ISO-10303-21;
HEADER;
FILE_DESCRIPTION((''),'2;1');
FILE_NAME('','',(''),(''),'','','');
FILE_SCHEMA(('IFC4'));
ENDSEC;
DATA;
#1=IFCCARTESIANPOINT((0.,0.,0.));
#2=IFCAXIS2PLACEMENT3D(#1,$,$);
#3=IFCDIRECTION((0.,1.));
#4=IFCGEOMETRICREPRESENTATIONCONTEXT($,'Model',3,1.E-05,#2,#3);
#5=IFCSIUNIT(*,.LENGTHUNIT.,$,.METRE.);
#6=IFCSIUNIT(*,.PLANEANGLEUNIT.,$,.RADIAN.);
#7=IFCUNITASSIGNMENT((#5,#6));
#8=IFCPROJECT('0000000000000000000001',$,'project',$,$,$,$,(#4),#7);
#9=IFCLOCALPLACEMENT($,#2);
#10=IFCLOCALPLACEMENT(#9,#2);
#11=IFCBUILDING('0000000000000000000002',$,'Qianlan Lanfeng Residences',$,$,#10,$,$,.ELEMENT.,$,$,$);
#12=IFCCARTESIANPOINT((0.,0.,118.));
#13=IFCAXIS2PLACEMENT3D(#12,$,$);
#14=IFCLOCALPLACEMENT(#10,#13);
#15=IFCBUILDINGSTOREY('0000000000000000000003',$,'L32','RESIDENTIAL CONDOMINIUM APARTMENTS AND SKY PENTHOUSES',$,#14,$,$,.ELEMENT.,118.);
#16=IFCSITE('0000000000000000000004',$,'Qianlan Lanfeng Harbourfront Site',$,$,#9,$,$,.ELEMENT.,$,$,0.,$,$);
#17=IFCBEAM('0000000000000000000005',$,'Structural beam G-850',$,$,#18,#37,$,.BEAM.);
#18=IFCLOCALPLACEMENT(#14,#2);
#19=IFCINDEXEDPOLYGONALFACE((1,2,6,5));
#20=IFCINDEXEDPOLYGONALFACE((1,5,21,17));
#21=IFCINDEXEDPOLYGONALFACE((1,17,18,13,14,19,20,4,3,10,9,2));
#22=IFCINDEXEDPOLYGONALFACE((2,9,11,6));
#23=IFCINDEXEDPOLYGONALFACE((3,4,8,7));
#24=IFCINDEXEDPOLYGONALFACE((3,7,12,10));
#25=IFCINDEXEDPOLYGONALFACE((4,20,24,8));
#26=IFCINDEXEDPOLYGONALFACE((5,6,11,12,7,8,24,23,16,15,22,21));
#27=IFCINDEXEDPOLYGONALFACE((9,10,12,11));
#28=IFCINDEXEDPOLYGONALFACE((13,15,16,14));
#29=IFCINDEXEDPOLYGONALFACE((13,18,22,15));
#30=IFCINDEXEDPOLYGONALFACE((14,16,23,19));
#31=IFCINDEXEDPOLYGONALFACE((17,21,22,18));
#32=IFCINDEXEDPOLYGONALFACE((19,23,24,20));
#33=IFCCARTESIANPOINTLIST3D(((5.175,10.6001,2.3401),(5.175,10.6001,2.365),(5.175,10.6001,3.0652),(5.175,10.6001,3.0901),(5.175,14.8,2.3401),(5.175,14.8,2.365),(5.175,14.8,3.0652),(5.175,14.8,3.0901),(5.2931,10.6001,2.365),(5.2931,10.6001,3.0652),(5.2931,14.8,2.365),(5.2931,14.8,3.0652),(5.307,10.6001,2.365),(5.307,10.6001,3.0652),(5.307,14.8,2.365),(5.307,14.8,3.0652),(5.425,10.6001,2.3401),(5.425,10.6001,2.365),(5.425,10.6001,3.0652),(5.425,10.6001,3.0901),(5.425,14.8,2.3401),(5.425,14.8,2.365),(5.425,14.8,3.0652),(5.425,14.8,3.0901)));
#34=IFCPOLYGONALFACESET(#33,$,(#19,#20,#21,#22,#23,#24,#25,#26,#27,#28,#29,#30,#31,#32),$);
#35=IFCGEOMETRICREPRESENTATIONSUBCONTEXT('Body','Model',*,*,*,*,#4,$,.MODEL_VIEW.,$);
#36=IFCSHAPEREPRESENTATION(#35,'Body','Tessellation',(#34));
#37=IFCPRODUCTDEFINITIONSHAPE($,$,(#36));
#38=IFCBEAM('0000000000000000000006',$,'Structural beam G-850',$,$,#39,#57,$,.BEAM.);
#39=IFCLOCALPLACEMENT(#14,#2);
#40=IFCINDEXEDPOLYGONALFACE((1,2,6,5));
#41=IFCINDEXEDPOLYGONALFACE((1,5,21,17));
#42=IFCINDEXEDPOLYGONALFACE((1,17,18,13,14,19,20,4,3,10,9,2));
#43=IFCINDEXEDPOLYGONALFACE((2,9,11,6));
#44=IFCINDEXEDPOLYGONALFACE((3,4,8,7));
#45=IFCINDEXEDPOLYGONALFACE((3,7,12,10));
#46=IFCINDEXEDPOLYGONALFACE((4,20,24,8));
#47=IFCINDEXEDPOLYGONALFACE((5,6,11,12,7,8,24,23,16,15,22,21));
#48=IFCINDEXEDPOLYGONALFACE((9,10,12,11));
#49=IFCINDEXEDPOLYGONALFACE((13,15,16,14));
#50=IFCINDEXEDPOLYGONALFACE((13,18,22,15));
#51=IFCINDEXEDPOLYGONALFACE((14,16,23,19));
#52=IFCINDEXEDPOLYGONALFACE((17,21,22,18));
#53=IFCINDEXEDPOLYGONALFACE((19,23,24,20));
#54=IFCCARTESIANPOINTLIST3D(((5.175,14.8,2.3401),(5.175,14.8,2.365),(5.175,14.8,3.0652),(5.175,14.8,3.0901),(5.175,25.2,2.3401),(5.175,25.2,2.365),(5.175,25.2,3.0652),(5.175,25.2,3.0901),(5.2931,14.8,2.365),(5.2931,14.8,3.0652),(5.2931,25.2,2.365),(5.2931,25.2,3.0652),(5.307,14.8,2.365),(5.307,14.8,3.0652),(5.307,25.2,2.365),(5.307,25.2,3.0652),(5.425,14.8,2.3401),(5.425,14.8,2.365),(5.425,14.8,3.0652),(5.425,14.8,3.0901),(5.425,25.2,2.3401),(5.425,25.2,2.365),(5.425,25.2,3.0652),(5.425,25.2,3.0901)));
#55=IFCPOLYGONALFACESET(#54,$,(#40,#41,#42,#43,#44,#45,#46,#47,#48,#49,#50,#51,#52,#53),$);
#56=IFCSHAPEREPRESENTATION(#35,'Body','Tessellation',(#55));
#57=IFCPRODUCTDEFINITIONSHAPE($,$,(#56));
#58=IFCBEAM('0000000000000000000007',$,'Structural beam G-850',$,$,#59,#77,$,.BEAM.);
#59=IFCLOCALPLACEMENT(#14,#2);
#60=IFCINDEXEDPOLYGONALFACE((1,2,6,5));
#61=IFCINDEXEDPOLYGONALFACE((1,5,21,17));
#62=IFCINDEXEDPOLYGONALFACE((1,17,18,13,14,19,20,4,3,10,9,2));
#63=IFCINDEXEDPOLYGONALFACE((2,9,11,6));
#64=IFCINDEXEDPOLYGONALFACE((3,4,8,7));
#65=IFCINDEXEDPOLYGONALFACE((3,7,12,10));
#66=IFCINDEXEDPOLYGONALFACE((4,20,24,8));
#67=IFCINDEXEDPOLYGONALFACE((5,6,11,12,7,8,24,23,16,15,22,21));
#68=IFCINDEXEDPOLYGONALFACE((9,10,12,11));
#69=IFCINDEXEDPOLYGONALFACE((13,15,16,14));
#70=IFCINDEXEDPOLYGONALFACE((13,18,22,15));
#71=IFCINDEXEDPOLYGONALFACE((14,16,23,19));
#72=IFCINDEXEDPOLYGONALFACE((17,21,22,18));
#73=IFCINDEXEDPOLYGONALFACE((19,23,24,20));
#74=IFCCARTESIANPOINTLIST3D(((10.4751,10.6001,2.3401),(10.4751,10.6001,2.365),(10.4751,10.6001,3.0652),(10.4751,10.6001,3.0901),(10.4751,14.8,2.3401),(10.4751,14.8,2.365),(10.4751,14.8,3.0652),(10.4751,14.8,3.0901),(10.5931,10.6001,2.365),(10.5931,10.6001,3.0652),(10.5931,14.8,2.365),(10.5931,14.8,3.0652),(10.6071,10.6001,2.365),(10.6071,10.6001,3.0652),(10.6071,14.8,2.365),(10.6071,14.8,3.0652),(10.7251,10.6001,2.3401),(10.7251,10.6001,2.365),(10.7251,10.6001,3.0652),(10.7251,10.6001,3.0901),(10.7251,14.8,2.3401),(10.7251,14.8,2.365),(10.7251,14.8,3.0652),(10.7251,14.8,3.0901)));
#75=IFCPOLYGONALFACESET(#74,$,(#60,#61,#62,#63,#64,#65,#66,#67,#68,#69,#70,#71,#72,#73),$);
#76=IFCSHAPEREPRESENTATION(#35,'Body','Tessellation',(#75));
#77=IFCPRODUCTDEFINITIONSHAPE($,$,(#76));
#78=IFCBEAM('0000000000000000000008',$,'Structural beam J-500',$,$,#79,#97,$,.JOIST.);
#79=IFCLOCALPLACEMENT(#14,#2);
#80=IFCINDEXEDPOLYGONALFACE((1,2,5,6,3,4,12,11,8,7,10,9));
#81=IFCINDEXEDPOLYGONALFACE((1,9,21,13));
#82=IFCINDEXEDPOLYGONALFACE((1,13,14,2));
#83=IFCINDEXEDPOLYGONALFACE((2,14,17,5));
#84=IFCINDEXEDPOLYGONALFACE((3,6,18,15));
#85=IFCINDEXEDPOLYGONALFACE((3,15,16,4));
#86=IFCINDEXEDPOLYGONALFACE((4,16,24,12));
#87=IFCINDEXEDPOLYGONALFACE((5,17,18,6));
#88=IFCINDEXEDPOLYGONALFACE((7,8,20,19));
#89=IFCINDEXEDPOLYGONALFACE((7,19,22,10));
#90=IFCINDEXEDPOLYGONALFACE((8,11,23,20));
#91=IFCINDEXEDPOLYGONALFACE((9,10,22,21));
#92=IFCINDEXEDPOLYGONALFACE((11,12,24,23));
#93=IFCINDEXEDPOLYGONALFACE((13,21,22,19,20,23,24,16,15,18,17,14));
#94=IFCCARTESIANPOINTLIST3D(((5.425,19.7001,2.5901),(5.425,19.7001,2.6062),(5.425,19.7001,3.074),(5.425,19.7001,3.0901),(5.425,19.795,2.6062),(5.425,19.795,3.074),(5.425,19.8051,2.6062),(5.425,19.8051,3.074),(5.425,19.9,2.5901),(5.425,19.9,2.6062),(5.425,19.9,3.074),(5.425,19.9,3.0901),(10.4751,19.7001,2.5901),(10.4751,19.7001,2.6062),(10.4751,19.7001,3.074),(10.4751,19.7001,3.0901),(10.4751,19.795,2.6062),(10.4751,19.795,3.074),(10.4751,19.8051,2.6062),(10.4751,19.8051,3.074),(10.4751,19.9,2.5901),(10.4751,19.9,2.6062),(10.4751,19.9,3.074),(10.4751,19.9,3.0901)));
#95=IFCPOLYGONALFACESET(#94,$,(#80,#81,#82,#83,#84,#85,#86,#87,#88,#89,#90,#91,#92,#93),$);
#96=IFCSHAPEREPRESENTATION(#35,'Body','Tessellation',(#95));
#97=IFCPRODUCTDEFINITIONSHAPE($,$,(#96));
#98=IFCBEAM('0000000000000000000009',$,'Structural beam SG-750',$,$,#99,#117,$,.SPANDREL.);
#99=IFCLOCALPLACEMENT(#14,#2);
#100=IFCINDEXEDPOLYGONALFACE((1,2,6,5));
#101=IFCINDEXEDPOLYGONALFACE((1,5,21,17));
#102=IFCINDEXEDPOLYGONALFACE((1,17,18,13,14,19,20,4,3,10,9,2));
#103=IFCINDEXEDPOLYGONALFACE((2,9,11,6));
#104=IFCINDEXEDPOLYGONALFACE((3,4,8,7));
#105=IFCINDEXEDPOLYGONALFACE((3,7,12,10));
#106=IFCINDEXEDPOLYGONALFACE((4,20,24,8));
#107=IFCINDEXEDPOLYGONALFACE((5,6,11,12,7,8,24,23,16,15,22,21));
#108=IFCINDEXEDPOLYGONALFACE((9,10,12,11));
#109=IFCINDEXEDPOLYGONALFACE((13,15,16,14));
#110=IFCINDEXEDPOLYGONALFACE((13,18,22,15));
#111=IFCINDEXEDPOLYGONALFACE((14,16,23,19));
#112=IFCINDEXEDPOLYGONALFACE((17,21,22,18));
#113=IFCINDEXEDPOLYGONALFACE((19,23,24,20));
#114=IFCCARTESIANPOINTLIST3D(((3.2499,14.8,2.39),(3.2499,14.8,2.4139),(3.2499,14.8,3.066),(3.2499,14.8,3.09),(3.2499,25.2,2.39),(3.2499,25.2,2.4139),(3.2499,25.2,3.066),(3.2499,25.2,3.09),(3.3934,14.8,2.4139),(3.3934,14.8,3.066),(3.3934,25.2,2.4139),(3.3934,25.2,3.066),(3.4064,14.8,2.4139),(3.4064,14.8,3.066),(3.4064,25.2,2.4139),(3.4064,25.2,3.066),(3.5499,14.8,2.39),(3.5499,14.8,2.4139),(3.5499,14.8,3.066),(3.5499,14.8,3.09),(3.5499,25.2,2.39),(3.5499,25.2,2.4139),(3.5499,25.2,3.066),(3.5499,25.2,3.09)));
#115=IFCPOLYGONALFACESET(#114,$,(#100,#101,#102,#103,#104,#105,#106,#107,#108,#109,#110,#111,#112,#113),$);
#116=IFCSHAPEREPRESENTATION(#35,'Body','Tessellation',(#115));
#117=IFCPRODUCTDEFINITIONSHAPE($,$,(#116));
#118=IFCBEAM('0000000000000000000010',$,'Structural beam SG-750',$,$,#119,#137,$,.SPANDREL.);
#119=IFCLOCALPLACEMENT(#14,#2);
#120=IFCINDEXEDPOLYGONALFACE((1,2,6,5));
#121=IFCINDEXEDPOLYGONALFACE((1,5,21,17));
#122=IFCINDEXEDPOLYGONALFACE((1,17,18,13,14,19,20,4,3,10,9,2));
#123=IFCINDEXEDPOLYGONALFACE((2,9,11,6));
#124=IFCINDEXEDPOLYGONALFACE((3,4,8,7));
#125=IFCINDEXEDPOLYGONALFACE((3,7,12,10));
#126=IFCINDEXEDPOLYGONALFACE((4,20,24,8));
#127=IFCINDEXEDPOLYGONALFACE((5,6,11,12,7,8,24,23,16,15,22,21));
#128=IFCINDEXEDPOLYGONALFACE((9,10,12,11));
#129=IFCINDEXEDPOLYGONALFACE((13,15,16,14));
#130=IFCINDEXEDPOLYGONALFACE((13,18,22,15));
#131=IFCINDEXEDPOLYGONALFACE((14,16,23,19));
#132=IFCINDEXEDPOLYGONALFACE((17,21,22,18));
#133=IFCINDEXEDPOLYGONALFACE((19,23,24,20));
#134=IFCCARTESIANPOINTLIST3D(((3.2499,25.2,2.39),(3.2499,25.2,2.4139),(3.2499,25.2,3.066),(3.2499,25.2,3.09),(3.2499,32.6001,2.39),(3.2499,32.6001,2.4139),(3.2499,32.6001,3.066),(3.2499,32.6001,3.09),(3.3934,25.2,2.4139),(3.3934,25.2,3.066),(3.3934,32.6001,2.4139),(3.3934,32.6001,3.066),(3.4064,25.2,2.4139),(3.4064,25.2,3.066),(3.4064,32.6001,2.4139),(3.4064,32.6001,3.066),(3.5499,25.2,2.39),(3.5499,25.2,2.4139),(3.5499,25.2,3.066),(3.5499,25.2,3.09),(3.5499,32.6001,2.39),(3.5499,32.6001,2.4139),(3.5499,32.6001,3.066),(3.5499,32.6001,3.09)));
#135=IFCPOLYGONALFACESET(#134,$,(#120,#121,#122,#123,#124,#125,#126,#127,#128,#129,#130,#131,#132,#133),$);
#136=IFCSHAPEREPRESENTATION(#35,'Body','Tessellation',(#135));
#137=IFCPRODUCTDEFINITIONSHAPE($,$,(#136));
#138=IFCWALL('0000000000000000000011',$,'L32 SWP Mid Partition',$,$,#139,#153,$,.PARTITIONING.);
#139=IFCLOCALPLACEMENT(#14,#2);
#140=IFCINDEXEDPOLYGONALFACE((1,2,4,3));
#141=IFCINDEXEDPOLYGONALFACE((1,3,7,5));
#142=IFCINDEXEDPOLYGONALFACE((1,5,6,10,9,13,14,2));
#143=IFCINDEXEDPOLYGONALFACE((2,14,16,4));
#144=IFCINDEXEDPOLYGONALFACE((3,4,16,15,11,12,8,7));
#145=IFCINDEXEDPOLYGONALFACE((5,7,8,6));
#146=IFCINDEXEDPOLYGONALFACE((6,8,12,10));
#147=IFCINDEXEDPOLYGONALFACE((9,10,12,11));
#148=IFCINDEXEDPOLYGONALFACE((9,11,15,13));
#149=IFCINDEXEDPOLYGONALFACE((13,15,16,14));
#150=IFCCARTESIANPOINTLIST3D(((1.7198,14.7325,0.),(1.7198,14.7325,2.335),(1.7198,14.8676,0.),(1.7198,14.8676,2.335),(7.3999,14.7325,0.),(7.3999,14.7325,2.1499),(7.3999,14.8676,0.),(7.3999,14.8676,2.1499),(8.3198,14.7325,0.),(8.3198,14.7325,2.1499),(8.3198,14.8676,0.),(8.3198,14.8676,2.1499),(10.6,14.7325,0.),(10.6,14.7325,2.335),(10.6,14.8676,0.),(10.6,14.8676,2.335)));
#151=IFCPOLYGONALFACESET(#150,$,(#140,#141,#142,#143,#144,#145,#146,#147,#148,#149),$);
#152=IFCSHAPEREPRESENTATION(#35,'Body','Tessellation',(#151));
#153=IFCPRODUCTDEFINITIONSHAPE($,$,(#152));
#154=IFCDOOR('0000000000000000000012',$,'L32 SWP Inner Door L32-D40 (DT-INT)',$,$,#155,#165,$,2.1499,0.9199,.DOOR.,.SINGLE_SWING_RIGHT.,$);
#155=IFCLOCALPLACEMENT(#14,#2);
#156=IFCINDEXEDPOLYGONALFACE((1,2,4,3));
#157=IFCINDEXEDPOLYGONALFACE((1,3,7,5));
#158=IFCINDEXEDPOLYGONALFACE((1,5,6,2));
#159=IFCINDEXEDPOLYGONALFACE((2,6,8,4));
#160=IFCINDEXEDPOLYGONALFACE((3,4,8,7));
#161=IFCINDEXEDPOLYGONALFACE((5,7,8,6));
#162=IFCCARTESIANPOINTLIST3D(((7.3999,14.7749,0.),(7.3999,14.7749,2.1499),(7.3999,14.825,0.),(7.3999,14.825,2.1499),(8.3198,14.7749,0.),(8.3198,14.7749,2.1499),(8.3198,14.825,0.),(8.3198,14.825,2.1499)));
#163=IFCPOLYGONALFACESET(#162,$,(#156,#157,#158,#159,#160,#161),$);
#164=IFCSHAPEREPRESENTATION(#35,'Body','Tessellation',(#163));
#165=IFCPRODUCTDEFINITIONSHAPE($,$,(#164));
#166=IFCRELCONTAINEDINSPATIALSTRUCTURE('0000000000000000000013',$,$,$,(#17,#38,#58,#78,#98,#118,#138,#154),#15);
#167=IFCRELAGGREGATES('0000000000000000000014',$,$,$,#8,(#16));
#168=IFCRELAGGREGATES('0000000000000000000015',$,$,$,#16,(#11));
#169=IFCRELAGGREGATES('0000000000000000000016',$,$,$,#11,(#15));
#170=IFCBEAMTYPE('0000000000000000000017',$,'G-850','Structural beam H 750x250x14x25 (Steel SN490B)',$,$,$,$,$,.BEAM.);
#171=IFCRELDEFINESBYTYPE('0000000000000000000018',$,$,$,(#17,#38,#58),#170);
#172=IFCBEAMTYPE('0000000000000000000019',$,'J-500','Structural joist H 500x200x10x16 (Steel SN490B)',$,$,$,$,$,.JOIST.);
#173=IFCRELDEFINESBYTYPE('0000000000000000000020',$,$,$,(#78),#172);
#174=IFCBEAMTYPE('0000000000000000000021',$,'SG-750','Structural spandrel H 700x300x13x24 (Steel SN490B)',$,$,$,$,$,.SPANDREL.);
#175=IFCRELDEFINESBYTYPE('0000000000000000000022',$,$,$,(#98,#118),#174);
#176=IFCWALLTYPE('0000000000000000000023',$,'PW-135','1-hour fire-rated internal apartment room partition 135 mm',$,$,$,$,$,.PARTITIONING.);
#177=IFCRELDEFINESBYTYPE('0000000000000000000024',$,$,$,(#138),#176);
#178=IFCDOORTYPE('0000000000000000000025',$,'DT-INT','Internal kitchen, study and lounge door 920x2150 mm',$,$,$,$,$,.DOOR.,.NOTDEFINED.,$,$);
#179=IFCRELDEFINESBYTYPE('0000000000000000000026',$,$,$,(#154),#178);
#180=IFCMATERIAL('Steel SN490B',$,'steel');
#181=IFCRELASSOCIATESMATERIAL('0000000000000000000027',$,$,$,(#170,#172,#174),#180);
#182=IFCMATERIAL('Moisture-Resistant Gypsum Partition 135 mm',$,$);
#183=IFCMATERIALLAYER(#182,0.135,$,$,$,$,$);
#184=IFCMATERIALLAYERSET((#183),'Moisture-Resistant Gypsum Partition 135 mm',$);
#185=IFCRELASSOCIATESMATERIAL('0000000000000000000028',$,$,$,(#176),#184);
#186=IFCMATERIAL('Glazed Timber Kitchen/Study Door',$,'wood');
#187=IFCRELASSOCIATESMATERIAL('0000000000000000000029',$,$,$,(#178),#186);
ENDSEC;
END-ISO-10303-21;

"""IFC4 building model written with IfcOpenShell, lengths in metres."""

from ifc_helpers import new_model, si_unit, direction, frame, frame_2d, origin, origin_2d, place, context, subcontext, project, spatial, rectangle, i_section, extrude, material, layer, layer_set, material_profile, profile_set, type_object, element, fill, save


model = new_model("IFC4")

# Units and contexts
model_context = context("Model", 3, precision=1e-05, world=origin(), true_north=direction((0.0, 1.0)))
body_context = subcontext(model_context, "Body", "Model", "MODEL_VIEW")
ifc_project = project(units=[si_unit("LENGTHUNIT", "METRE"), si_unit("PLANEANGLEUNIT", "RADIAN")], contexts=[model_context])

# Site, building, storey
site_placement = place(None, origin())
site = spatial("IfcSite", under=ifc_project, at=site_placement, Name="Qianlan Lanfeng Harbourfront Site", CompositionType="ELEMENT", RefElevation=0.0)
building_placement = place(site_placement, origin())
building = spatial("IfcBuilding", under=site, at=building_placement, Name="Qianlan Lanfeng Residences", CompositionType="ELEMENT")
storey_placement = place(building_placement, frame((0.0, 0.0, 118.0)))
storey = spatial("IfcBuildingStorey", under=building, at=storey_placement, Name="L32", Description="RESIDENTIAL CONDOMINIUM APARTMENTS AND SKY PENTHOUSES", CompositionType="ELEMENT", Elevation=118.0)

# Shared definitions
ifc_material_1 = material(Name="Steel SN490B", Category="steel")

# Beams
ifc_material_profile_1 = material_profile(ifc_material_1, i_section(OverallWidth=0.25, OverallDepth=0.75, WebThickness=0.0139, FlangeThickness=0.0249, at=origin_2d()), Name="H 750x250x14x25")
ifc_profile_set_1 = profile_set([ifc_material_profile_1], Name="Steel SN490B")
beam_type_1 = type_object("IfcBeamType", Name="G-850", Description="Structural beam H 750x250x14x25 (Steel SN490B)", PredefinedType="BEAM", material=ifc_profile_set_1)
beam_1_placement = place(storey_placement, frame((5.3, 10.6001, 2.7151), z_axis=(0.0, 1.0, 0.0), x_axis=(-1.0, 0.0, 0.0)))
element("IfcBeam", 1, at=beam_1_placement, inside=storey, type_object=beam_type_1, Name="Structural beam G-850", PredefinedType="BEAM", context=body_context, shape_type="SweptSolid", body=[
    extrude(i_section(OverallWidth=0.25, OverallDepth=0.75, WebThickness=0.0139, FlangeThickness=0.0249, at=origin_2d()), origin(), (0.0, 0.0, 1.0), 4.2),
])
beam_2_placement = place(storey_placement, frame((5.3, 14.8, 2.7151), z_axis=(0.0, 1.0, 0.0), x_axis=(-1.0, 0.0, 0.0)))
element("IfcBeam", 2, at=beam_2_placement, inside=storey, type_object=beam_type_1, Name="Structural beam G-850", PredefinedType="BEAM", context=body_context, shape_type="SweptSolid", body=[
    extrude(i_section(OverallWidth=0.25, OverallDepth=0.75, WebThickness=0.0139, FlangeThickness=0.0249, at=origin_2d()), origin(), (0.0, 0.0, 1.0), 10.3999),
])
beam_3_placement = place(storey_placement, frame((10.6001, 10.6001, 2.7151), z_axis=(0.0, 1.0, 0.0), x_axis=(-1.0, 0.0, 0.0)))
element("IfcBeam", 3, at=beam_3_placement, inside=storey, type_object=beam_type_1, Name="Structural beam G-850", PredefinedType="BEAM", context=body_context, shape_type="SweptSolid", body=[
    extrude(i_section(OverallWidth=0.25, OverallDepth=0.75, WebThickness=0.0139, FlangeThickness=0.0249, at=origin_2d()), origin(), (0.0, 0.0, 1.0), 4.2),
])
ifc_material_profile_2 = material_profile(ifc_material_1, i_section(OverallWidth=0.2, OverallDepth=0.5, WebThickness=0.01, FlangeThickness=0.0161, at=origin_2d()), Name="H 500x200x10x16")
ifc_profile_set_2 = profile_set([ifc_material_profile_2], Name="Steel SN490B")
beam_type_2 = type_object("IfcBeamType", Name="J-500", Description="Structural joist H 500x200x10x16 (Steel SN490B)", PredefinedType="JOIST", material=ifc_profile_set_2)
beam_4_placement = place(storey_placement, frame((5.425, 19.8, 2.8401), z_axis=(1.0, 0.0, 0.0), x_axis=(0.0, 1.0, 0.0)))
element("IfcBeam", 4, at=beam_4_placement, inside=storey, type_object=beam_type_2, Name="Structural beam J-500", PredefinedType="JOIST", context=body_context, shape_type="SweptSolid", body=[
    extrude(i_section(OverallWidth=0.2, OverallDepth=0.5, WebThickness=0.01, FlangeThickness=0.0161, at=origin_2d()), origin(), (0.0, 0.0, 1.0), 5.05),
])
ifc_material_profile_3 = material_profile(ifc_material_1, i_section(OverallWidth=0.3, OverallDepth=0.7, WebThickness=0.0129, FlangeThickness=0.0239, at=origin_2d()), Name="H 700x300x13x24")
ifc_profile_set_3 = profile_set([ifc_material_profile_3], Name="Steel SN490B")
beam_type_3 = type_object("IfcBeamType", Name="SG-750", Description="Structural spandrel H 700x300x13x24 (Steel SN490B)", PredefinedType="SPANDREL", material=ifc_profile_set_3)
beam_5_placement = place(storey_placement, frame((3.3999, 14.8, 2.74), z_axis=(0.0, 1.0, 0.0), x_axis=(-1.0, 0.0, 0.0)))
element("IfcBeam", 5, at=beam_5_placement, inside=storey, type_object=beam_type_3, Name="Structural beam SG-750", PredefinedType="SPANDREL", context=body_context, shape_type="SweptSolid", body=[
    extrude(i_section(OverallWidth=0.3, OverallDepth=0.7, WebThickness=0.0129, FlangeThickness=0.0239, at=origin_2d()), origin(), (0.0, 0.0, 1.0), 10.3999),
])
beam_6_placement = place(storey_placement, frame((3.3999, 25.2, 2.74), z_axis=(0.0, 1.0, 0.0), x_axis=(-1.0, 0.0, 0.0)))
element("IfcBeam", 6, at=beam_6_placement, inside=storey, type_object=beam_type_3, Name="Structural beam SG-750", PredefinedType="SPANDREL", context=body_context, shape_type="SweptSolid", body=[
    extrude(i_section(OverallWidth=0.3, OverallDepth=0.7, WebThickness=0.0129, FlangeThickness=0.0239, at=origin_2d()), origin(), (0.0, 0.0, 1.0), 7.4001),
])

# Wall, opening, door
ifc_material_2 = material(Name="Moisture-Resistant Gypsum Partition 135 mm")
ifc_layer_1 = layer(ifc_material_2, 0.135)
ifc_layer_set_1 = layer_set([ifc_layer_1], Name="Moisture-Resistant Gypsum Partition 135 mm")
wall_type_1 = type_object("IfcWallType", Name="PW-135", Description="1-hour fire-rated internal apartment room partition 135 mm", PredefinedType="PARTITIONING", material=ifc_layer_set_1)
ifc_material_3 = material(Name="Glazed Timber Kitchen/Study Door", Category="wood")
door_type_1 = type_object("IfcDoorType", Name="DT-INT", Description="Internal kitchen, study and lounge door 920x2150 mm", OperationType="NOTDEFINED", PredefinedType="DOOR", material=ifc_material_3)
wall_1_placement = place(storey_placement, frame((1.72, 14.8, 0.0), z_axis=(0.0, 0.0, 1.0), x_axis=(1.0, 0.0, 0.0)))
wall_1 = element("IfcWall", 7, at=wall_1_placement, inside=storey, type_object=wall_type_1, Name="L32 SWP Mid Partition", PredefinedType="PARTITIONING", context=body_context, shape_type="SweptSolid", body=[
    extrude(rectangle(XDim=8.8801, YDim=0.135, at=frame_2d((4.4399, 0.0))), origin(), (0.0, 0.0, 1.0), 2.335),
])
opening_1_placement = place(wall_1_placement, frame((5.6799, 0.0, 0.0)))
opening_1 = element("IfcOpeningElement", 8, at=opening_1_placement, cuts=wall_1, PredefinedType="OPENING", context=body_context, shape_type="SweptSolid", body=[
    extrude(rectangle(XDim=0.9199, YDim=2.1499, at=frame_2d((0.46, 1.075))), frame((0.0, 0.0776, 0.0), z_axis=(0.0, -1.0, 0.0), x_axis=(1.0, 0.0, 0.0)), (0.0, 0.0, 1.0), 0.155),
])
door_1_placement = place(opening_1_placement, origin())
door_1 = element("IfcDoor", 9, at=door_1_placement, inside=storey, type_object=door_type_1, Name="L32 SWP Inner Door L32-D40 (DT-INT)", OperationType="SINGLE_SWING_RIGHT", OverallHeight=2.1499, OverallWidth=0.9199, PredefinedType="DOOR", context=body_context, shape_type="SweptSolid", body=[
    extrude(rectangle(XDim=0.9199, YDim=2.1499, at=frame_2d((0.46, 1.075))), frame((0.0, 0.0249, 0.0), z_axis=(0.0, -1.0, 0.0), x_axis=(1.0, 0.0, 0.0)), (0.0, 0.0, 1.0), 0.05),
])
fill(opening_1, door_1)

save(model, "model.ifc")
